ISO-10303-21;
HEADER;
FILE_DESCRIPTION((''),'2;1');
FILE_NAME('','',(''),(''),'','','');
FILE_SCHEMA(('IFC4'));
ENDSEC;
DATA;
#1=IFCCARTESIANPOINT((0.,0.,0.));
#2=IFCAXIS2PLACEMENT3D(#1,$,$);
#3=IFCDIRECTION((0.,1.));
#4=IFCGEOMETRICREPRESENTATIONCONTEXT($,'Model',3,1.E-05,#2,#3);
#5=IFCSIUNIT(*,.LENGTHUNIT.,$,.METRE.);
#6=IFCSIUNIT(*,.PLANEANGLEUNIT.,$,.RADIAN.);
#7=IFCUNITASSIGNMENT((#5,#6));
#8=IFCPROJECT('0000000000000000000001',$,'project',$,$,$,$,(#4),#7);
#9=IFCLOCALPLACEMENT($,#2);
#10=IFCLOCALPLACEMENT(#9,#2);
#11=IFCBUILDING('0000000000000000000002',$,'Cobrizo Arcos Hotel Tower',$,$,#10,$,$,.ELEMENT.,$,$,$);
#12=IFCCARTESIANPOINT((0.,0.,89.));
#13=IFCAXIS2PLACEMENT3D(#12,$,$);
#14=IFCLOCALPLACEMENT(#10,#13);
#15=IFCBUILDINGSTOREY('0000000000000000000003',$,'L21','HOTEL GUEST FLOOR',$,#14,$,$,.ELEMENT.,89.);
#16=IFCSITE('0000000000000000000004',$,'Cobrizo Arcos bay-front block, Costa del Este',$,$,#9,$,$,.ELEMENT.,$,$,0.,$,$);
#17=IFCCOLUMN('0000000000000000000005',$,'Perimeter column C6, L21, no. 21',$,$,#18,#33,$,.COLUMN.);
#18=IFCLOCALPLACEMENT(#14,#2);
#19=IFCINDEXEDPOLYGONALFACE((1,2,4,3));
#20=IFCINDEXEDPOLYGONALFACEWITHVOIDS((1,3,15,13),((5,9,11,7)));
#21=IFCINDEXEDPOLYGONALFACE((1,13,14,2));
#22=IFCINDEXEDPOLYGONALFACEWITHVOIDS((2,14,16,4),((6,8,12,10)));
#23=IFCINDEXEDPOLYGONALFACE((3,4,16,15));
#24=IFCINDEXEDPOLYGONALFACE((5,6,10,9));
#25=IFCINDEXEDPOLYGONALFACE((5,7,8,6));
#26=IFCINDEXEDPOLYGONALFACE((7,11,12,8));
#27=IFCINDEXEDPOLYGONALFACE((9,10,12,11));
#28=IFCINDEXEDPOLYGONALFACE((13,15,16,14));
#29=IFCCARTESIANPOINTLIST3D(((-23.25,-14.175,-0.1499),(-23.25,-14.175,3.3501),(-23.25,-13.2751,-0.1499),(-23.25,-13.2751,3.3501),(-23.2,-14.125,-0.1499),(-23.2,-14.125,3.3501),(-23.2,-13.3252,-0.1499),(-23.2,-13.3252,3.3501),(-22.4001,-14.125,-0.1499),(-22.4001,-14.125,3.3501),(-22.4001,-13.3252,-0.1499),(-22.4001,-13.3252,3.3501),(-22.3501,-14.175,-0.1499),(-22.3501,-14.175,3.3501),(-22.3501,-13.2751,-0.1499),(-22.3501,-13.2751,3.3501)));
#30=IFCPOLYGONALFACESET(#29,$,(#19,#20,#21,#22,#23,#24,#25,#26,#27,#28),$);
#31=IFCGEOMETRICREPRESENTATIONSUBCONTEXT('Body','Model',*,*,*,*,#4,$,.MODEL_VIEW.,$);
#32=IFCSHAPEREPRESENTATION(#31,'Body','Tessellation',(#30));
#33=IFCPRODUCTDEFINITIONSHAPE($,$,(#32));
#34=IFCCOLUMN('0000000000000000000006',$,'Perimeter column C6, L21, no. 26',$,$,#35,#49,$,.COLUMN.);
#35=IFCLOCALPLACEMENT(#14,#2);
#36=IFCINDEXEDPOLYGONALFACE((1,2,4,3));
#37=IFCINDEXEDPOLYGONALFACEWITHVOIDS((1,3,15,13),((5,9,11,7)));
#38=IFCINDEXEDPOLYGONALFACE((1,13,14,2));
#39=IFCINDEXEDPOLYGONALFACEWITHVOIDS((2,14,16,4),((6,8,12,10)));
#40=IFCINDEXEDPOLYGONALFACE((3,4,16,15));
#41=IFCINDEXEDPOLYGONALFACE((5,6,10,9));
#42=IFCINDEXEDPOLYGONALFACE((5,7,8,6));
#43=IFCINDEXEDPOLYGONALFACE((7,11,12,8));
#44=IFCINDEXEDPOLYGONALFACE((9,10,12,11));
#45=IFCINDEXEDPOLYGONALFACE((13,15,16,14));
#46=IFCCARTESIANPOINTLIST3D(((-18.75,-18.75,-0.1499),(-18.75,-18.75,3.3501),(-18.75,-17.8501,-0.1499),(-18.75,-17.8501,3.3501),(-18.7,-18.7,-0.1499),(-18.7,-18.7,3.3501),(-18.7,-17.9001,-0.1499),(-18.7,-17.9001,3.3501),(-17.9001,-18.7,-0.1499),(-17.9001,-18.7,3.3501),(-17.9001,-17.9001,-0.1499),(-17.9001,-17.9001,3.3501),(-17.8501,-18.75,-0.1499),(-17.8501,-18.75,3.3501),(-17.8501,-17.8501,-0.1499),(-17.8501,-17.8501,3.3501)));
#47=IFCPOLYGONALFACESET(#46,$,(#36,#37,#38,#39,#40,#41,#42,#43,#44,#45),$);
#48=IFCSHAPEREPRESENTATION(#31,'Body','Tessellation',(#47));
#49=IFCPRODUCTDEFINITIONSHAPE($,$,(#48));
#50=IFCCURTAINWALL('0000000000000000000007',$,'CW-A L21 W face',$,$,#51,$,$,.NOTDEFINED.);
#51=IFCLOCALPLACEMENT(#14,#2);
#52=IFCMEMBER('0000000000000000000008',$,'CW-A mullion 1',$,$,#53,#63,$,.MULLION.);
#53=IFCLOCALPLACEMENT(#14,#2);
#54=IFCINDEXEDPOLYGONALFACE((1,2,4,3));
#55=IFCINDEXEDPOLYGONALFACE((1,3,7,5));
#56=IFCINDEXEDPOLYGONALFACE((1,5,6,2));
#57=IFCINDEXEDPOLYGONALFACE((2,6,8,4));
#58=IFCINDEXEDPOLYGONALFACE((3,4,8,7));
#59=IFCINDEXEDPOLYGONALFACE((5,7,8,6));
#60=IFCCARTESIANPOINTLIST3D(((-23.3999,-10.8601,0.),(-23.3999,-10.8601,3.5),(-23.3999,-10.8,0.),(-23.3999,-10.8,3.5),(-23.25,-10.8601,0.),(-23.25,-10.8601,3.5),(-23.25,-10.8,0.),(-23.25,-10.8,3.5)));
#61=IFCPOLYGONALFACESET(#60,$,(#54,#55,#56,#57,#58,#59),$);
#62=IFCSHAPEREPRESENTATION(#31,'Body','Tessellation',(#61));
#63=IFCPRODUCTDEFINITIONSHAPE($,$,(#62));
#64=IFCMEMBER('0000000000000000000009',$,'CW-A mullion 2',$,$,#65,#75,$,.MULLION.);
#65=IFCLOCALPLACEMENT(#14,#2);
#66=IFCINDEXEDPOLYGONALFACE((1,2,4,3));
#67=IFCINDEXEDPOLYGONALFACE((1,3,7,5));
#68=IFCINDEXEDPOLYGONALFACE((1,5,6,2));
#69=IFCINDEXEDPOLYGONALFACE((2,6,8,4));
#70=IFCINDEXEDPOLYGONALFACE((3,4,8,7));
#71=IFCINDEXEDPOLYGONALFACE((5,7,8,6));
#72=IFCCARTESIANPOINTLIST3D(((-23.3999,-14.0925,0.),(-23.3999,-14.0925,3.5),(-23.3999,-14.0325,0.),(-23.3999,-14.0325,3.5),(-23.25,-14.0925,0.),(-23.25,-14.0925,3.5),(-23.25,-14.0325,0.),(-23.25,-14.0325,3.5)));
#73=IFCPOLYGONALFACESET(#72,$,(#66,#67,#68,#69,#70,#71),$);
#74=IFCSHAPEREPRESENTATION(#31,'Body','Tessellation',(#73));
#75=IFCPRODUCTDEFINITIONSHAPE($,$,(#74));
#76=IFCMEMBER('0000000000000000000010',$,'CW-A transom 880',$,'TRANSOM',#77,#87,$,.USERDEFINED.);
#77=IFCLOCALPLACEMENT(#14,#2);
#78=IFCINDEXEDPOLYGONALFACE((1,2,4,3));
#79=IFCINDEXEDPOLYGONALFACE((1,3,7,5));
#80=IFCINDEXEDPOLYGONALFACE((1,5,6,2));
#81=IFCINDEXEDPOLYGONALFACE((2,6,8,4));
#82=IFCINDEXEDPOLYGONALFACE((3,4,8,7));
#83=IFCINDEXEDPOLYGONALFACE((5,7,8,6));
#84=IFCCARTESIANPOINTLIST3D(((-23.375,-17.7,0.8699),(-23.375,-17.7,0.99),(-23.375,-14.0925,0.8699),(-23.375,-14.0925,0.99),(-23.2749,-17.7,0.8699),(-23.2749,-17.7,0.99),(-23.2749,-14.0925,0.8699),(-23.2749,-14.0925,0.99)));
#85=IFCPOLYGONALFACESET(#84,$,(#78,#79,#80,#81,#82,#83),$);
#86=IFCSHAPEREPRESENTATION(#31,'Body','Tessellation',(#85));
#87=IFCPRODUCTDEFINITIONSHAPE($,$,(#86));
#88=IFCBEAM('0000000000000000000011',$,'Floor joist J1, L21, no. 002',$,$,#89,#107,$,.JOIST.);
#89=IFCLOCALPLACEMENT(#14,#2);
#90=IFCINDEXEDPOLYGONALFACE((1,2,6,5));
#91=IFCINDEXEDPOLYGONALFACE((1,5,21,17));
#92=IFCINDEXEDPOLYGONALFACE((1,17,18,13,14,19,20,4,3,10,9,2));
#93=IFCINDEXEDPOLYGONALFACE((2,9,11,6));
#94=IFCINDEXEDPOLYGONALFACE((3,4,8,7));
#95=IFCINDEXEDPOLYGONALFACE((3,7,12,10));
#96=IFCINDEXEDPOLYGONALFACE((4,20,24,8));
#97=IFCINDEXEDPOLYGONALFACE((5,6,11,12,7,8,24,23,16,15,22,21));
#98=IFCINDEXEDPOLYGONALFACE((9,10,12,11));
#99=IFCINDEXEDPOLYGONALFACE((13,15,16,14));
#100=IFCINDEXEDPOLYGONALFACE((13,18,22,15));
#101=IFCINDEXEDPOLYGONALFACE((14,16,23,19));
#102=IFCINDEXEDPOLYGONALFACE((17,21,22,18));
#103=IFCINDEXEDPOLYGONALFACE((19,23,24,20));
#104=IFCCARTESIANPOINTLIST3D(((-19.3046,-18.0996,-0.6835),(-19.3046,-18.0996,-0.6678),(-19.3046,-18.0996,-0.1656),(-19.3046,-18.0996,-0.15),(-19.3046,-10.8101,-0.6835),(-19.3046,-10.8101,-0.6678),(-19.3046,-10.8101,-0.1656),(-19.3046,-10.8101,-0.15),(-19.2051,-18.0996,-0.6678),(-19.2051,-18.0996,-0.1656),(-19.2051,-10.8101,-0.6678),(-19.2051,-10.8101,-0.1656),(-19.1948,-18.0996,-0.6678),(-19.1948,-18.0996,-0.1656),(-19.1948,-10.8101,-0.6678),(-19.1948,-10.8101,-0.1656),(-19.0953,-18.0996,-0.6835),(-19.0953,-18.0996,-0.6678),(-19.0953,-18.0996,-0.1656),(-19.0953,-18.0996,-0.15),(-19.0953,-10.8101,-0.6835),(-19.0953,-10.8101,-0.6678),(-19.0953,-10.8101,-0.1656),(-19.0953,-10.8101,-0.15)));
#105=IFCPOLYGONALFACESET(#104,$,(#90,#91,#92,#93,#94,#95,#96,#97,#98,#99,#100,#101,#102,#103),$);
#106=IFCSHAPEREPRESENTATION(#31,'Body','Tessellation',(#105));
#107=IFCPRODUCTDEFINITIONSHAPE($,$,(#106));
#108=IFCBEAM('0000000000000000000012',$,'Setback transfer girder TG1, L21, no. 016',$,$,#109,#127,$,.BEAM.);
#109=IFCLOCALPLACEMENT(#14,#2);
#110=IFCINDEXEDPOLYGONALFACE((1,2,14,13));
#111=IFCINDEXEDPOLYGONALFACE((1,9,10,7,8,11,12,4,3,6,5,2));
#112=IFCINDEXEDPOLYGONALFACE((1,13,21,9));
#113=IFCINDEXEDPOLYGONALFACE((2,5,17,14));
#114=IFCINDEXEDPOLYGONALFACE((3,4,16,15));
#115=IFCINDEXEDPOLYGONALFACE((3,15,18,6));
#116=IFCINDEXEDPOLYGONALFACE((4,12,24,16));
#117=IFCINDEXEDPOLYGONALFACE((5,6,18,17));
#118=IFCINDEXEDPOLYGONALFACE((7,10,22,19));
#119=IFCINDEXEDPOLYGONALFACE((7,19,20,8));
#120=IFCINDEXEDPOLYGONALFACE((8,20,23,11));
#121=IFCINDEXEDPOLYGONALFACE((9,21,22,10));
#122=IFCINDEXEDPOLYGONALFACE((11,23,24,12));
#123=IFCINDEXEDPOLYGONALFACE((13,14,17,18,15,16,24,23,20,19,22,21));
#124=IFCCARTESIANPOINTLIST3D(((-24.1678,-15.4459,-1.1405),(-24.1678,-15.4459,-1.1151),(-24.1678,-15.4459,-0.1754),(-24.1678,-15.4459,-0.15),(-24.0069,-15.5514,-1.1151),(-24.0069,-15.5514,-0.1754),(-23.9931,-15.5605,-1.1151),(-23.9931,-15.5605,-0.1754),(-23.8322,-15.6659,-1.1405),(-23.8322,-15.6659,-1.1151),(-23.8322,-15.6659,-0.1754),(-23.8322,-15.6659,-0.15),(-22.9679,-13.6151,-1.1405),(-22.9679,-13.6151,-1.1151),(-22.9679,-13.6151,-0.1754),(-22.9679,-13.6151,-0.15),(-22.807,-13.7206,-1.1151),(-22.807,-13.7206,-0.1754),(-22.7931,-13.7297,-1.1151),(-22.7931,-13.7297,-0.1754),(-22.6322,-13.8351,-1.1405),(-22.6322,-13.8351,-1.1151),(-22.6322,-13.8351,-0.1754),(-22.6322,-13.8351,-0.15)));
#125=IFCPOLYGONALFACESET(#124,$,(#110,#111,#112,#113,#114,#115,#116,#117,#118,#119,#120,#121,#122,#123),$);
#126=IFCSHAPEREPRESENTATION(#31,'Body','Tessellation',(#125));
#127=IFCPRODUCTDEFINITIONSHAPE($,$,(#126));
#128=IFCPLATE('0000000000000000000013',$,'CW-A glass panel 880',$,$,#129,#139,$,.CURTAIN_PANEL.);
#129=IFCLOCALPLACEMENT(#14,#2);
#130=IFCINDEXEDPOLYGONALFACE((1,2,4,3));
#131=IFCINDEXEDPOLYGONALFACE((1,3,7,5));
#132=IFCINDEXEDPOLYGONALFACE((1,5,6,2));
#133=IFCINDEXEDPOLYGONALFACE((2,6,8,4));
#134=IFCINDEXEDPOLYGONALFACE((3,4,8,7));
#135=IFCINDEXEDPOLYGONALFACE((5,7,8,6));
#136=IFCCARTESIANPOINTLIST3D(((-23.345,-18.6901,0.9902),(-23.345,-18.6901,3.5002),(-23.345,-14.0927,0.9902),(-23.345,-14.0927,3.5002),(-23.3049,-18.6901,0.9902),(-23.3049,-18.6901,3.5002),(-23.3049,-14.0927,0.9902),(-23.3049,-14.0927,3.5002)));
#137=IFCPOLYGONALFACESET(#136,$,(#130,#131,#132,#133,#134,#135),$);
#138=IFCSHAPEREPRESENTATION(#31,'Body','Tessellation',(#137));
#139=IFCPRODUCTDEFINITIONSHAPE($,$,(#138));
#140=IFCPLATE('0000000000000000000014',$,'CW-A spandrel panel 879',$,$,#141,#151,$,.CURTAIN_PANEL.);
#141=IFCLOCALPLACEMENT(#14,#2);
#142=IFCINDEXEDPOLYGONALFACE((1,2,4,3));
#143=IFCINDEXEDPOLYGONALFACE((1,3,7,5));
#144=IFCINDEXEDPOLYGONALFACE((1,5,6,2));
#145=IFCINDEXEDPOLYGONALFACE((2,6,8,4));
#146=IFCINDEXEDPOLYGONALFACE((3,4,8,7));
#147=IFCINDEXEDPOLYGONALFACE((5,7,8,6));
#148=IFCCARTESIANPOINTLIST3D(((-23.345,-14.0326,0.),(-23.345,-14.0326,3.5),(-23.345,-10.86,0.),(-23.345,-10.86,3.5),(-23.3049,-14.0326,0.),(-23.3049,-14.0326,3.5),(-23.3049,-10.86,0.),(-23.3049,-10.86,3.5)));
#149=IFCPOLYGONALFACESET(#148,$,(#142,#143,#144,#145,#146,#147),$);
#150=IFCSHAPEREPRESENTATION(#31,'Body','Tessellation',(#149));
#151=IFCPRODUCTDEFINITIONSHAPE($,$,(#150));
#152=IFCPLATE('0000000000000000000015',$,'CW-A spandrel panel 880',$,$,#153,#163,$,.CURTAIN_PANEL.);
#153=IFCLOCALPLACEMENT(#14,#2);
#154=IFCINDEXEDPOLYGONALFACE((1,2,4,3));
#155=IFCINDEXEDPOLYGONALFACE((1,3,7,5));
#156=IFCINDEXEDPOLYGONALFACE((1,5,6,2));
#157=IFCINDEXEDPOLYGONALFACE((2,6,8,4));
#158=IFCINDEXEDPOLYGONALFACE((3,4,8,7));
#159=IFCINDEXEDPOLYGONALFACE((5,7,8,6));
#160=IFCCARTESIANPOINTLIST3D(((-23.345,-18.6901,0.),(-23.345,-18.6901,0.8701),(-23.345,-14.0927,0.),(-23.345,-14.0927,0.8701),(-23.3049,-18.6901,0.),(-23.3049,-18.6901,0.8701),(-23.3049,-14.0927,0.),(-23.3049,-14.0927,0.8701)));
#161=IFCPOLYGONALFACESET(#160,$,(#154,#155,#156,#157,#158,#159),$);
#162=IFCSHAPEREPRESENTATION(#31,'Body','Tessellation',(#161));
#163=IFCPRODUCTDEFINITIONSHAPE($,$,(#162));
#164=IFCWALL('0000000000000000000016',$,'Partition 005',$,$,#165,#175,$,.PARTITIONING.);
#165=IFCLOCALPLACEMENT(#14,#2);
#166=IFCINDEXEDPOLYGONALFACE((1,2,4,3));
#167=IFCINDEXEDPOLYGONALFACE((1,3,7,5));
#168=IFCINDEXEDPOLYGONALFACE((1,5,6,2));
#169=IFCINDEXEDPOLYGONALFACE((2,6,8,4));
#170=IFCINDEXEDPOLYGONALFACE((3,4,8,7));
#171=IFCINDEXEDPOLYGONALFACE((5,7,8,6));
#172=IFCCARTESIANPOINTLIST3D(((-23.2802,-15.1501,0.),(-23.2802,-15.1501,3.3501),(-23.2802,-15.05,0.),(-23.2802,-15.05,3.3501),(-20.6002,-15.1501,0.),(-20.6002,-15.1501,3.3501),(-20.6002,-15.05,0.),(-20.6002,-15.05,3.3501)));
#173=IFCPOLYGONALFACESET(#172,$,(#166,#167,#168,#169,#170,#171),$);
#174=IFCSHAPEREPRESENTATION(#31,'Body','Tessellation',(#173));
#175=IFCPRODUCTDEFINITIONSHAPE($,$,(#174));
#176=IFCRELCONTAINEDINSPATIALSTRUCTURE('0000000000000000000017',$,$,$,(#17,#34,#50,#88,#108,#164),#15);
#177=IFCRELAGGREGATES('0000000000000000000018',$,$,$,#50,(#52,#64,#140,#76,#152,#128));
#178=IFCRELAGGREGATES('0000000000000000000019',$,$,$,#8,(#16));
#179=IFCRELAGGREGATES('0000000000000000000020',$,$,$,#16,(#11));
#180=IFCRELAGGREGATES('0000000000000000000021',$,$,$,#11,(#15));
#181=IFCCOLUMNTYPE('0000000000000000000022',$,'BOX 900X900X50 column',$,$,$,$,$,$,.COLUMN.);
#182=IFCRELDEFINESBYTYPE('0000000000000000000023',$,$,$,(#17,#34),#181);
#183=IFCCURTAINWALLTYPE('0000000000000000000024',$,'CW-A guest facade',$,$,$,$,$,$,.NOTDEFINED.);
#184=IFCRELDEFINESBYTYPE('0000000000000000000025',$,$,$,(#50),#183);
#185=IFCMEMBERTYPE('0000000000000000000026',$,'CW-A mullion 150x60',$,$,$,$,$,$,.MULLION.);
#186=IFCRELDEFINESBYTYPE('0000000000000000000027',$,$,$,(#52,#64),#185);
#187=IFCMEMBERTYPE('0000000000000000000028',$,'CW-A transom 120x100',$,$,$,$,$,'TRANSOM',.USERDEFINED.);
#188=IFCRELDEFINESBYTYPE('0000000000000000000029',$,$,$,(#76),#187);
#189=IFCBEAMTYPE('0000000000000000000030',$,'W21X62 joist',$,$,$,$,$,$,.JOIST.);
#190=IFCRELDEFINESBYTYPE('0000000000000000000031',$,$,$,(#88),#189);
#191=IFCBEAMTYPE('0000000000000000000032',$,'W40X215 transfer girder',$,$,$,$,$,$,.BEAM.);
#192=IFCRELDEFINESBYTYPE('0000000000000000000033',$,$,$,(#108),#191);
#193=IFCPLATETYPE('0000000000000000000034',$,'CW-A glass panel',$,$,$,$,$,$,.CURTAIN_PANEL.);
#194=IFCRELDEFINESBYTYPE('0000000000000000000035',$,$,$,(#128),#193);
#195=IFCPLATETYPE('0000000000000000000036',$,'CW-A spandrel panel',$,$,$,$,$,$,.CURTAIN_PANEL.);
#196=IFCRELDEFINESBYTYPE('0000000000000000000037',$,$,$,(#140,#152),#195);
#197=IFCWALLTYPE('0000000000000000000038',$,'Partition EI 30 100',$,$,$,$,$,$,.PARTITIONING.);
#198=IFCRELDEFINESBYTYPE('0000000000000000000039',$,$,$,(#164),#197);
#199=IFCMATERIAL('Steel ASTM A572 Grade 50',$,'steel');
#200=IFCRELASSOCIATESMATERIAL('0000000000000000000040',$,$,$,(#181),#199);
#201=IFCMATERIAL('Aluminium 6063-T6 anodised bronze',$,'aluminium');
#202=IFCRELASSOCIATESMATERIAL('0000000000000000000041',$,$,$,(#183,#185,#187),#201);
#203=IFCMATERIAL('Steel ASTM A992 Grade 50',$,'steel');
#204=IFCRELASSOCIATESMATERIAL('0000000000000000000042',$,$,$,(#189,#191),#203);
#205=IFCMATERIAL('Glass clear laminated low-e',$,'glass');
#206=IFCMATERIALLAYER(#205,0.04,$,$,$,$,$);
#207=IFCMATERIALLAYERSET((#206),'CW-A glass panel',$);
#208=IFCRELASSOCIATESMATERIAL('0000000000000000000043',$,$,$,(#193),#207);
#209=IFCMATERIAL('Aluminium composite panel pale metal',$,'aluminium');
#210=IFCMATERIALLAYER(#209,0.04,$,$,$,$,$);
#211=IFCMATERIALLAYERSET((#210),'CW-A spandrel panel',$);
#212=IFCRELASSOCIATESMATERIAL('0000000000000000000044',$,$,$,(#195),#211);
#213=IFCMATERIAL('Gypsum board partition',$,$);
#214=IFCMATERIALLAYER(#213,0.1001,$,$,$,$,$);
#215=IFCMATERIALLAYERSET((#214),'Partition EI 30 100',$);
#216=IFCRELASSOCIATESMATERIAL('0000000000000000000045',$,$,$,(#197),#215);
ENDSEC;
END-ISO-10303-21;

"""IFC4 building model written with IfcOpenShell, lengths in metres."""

from ifc_helpers import new_model, si_unit, direction, frame, frame_2d, origin, origin_2d, place, context, subcontext, project, spatial, rectangle, hollow_rectangle, i_section, extrude, material, layer, layer_set, material_profile, profile_set, type_object, element, aggregate, save


model = new_model("IFC4")

# Units and contexts
model_context = context("Model", 3, precision=1e-05, world=origin(), true_north=direction((0.0, 1.0)))
body_context = subcontext(model_context, "Body", "Model", "MODEL_VIEW")
ifc_project = project(units=[si_unit("LENGTHUNIT", "METRE"), si_unit("PLANEANGLEUNIT", "RADIAN")], contexts=[model_context])

# Site, building, storey
site_placement = place(None, origin())
site = spatial("IfcSite", under=ifc_project, at=site_placement, Name="Cobrizo Arcos bay-front block, Costa del Este", CompositionType="ELEMENT", RefElevation=0.0)
building_placement = place(site_placement, origin())
building = spatial("IfcBuilding", under=site, at=building_placement, Name="Cobrizo Arcos Hotel Tower", CompositionType="ELEMENT")
storey_placement = place(building_placement, frame((0.0, 0.0, 89.0)))
storey = spatial("IfcBuildingStorey", under=building, at=storey_placement, Name="L21", Description="HOTEL GUEST FLOOR", CompositionType="ELEMENT", Elevation=89.0)

# Columns
ifc_material_1 = material(Name="Steel ASTM A572 Grade 50", Category="steel")
ifc_material_profile_1 = material_profile(ifc_material_1, hollow_rectangle(XDim=0.8999, YDim=0.8999, WallThickness=0.05, at=origin_2d()), Name="BOX 900X900X50")
ifc_profile_set_1 = profile_set([ifc_material_profile_1], Name="Steel ASTM A572 Grade 50")
column_type = type_object("IfcColumnType", Name="BOX 900X900X50 column", PredefinedType="COLUMN", material=ifc_profile_set_1)
for number, where, z_axis, x_axis, name in (
    (1, (-22.8, -13.7251, -0.1499), (0.0, 0.0, 1.0), (1.0, 0.0, 0.0), "Perimeter column C6, L21, no. 21"),
    (2, (-18.3, -18.3, -0.1499), (0.0, 0.0, 1.0), (1.0, 0.0, 0.0), "Perimeter column C6, L21, no. 26"),
):
    element("IfcColumn", number, at=place(storey_placement, frame(where, z_axis=z_axis, x_axis=x_axis)), inside=storey, type_object=column_type, Name=name, PredefinedType="COLUMN", context=body_context, shape_type="SweptSolid", body=[
        extrude(hollow_rectangle(XDim=0.8999, YDim=0.8999, WallThickness=0.05, at=origin_2d()), origin(), (0.0, 0.0, 1.0), 3.5),
    ])

# Curtain wall, members
ifc_material_2 = material(Name="Aluminium 6063-T6 anodised bronze", Category="aluminium")
curtain_wall_type = type_object("IfcCurtainWallType", Name="CW-A guest facade", PredefinedType="NOTDEFINED", material=ifc_material_2)
curtain_wall_placement = place(storey_placement, origin())
curtain_wall = element("IfcCurtainWall", 3, at=curtain_wall_placement, inside=storey, type_object=curtain_wall_type, Name="CW-A L21 W face", PredefinedType="NOTDEFINED")
ifc_material_profile_2 = material_profile(ifc_material_2, rectangle(XDim=0.1499, YDim=0.0601, at=origin_2d()), Name="CW-A mullion 150x60")
ifc_profile_set_2 = profile_set([ifc_material_profile_2], Name="Aluminium 6063-T6 anodised bronze")
member_type_1 = type_object("IfcMemberType", Name="CW-A mullion 150x60", PredefinedType="MULLION", material=ifc_profile_set_2)
member_1_placement = place(storey_placement, frame((-23.325, -10.8301, 0.0), z_axis=(0.0, 0.0, 1.0), x_axis=(-1.0, 0.0, 0.0)))
member_1 = element("IfcMember", 4, at=member_1_placement, type_object=member_type_1, Name="CW-A mullion 1", PredefinedType="MULLION", context=body_context, shape_type="SweptSolid", body=[
    extrude(rectangle(XDim=0.1499, YDim=0.0601, at=origin_2d()), origin(), (0.0, 0.0, 1.0), 3.5),
])
member_2_placement = place(storey_placement, frame((-23.325, -14.0625, 0.0), z_axis=(0.0, 0.0, 1.0), x_axis=(-1.0, 0.0, 0.0)))
member_2 = element("IfcMember", 5, at=member_2_placement, type_object=member_type_1, Name="CW-A mullion 2", PredefinedType="MULLION", context=body_context, shape_type="SweptSolid", body=[
    extrude(rectangle(XDim=0.1499, YDim=0.0601, at=origin_2d()), origin(), (0.0, 0.0, 1.0), 3.5),
])
ifc_material_profile_3 = material_profile(ifc_material_2, rectangle(XDim=0.1001, YDim=0.1201, at=origin_2d()), Name="CW-A transom 120x100")
ifc_profile_set_3 = profile_set([ifc_material_profile_3], Name="Aluminium 6063-T6 anodised bronze")
member_type_2 = type_object("IfcMemberType", Name="CW-A transom 120x100", ElementType="TRANSOM", PredefinedType="USERDEFINED", material=ifc_profile_set_3)
member_3_placement = place(storey_placement, frame((-23.325, -14.0925, 0.9299), z_axis=(0.0, -1.0, 0.0), x_axis=(1.0, 0.0, 0.0)))
member_3 = element("IfcMember", 6, at=member_3_placement, type_object=member_type_2, Name="CW-A transom 880", ObjectType="TRANSOM", PredefinedType="USERDEFINED", context=body_context, shape_type="SweptSolid", body=[
    extrude(rectangle(XDim=0.1001, YDim=0.1201, at=origin_2d()), origin(), (0.0, 0.0, 1.0), 3.6074),
])

# Beams
ifc_material_3 = material(Name="Steel ASTM A992 Grade 50", Category="steel")
ifc_material_profile_4 = material_profile(ifc_material_3, i_section(OverallWidth=0.2092, OverallDepth=0.5334, WebThickness=0.0103, FlangeThickness=0.0156, at=origin_2d()), Name="W21X62")
ifc_profile_set_4 = profile_set([ifc_material_profile_4], Name="Steel ASTM A992 Grade 50")
beam_type_1 = type_object("IfcBeamType", Name="W21X62 joist", PredefinedType="JOIST", material=ifc_profile_set_4)
beam_1_placement = place(storey_placement, frame((-19.2, -18.0996, -0.4167), z_axis=(0.0, 1.0, 0.0), x_axis=(-1.0, 0.0, 0.0)))
element("IfcBeam", 7, at=beam_1_placement, inside=storey, type_object=beam_type_1, Name="Floor joist J1, L21, no. 002", PredefinedType="JOIST", context=body_context, shape_type="SweptSolid", body=[
    extrude(i_section(OverallWidth=0.2092, OverallDepth=0.5334, WebThickness=0.0103, FlangeThickness=0.0156, at=origin_2d()), origin(), (0.0, 0.0, 1.0), 7.2896),
])
ifc_material_profile_5 = material_profile(ifc_material_3, i_section(OverallWidth=0.4014, OverallDepth=0.9905, WebThickness=0.0166, FlangeThickness=0.0254, at=origin_2d()), Name="W40X215")
ifc_profile_set_5 = profile_set([ifc_material_profile_5], Name="Steel ASTM A992 Grade 50")
beam_type_2 = type_object("IfcBeamType", Name="W40X215 transfer girder", PredefinedType="BEAM", material=ifc_profile_set_5)
beam_2_placement = place(storey_placement, frame((-24.0, -15.5559, -0.6453), z_axis=(0.548172, 0.836366, 0.0), x_axis=(-0.836366, 0.548172, 0.0)))
element("IfcBeam", 8, at=beam_2_placement, inside=storey, type_object=beam_type_2, Name="Setback transfer girder TG1, L21, no. 016", PredefinedType="BEAM", context=body_context, shape_type="SweptSolid", body=[
    extrude(i_section(OverallWidth=0.4014, OverallDepth=0.9905, WebThickness=0.0166, FlangeThickness=0.0254, at=origin_2d()), origin(), (0.0, 0.0, 1.0), 2.189),
])

# Plates
ifc_material_4 = material(Name="Glass clear laminated low-e", Category="glass")
ifc_layer_1 = layer(ifc_material_4, 0.04)
ifc_layer_set_1 = layer_set([ifc_layer_1], Name="CW-A glass panel")
plate_type_1 = type_object("IfcPlateType", Name="CW-A glass panel", PredefinedType="CURTAIN_PANEL", material=ifc_layer_set_1)
plate_1_placement = place(storey_placement, frame((-23.325, -16.3914, 0.9902), z_axis=(0.0, 0.0, 1.0), x_axis=(0.0, -1.0, 0.0)))
plate_1 = element("IfcPlate", 9, at=plate_1_placement, type_object=plate_type_1, Name="CW-A glass panel 880", PredefinedType="CURTAIN_PANEL", context=body_context, shape_type="SweptSolid", body=[
    extrude(rectangle(XDim=4.5974, YDim=0.04, at=origin_2d()), origin(), (0.0, 0.0, 1.0), 2.51),
])
ifc_material_5 = material(Name="Aluminium composite panel pale metal", Category="aluminium")
ifc_layer_2 = layer(ifc_material_5, 0.04)
ifc_layer_set_2 = layer_set([ifc_layer_2], Name="CW-A spandrel panel")
plate_type_2 = type_object("IfcPlateType", Name="CW-A spandrel panel", PredefinedType="CURTAIN_PANEL", material=ifc_layer_set_2)
plate_2_placement = place(storey_placement, frame((-23.325, -12.4463, 0.0), z_axis=(0.0, 0.0, 1.0), x_axis=(0.0, -1.0, 0.0)))
plate_2 = element("IfcPlate", 10, at=plate_2_placement, type_object=plate_type_2, Name="CW-A spandrel panel 879", PredefinedType="CURTAIN_PANEL", context=body_context, shape_type="SweptSolid", body=[
    extrude(rectangle(XDim=3.1726, YDim=0.04, at=origin_2d()), origin(), (0.0, 0.0, 1.0), 3.5),
])
plate_3_placement = place(storey_placement, frame((-23.325, -16.3914, 0.0), z_axis=(0.0, 0.0, 1.0), x_axis=(0.0, -1.0, 0.0)))
plate_3 = element("IfcPlate", 11, at=plate_3_placement, type_object=plate_type_2, Name="CW-A spandrel panel 880", PredefinedType="CURTAIN_PANEL", context=body_context, shape_type="SweptSolid", body=[
    extrude(rectangle(XDim=4.5974, YDim=0.04, at=origin_2d()), origin(), (0.0, 0.0, 1.0), 0.8701),
])
aggregate(curtain_wall, [member_1, member_2, plate_2, member_3, plate_3, plate_1])

# Wall
ifc_material_6 = material(Name="Gypsum board partition")
ifc_layer_3 = layer(ifc_material_6, 0.1001)
ifc_layer_set_3 = layer_set([ifc_layer_3], Name="Partition EI 30 100")
wall_type_1 = type_object("IfcWallType", Name="Partition EI 30 100", PredefinedType="PARTITIONING", material=ifc_layer_set_3)
wall_1_placement = place(storey_placement, frame((-23.28, -15.1001, 0.0), z_axis=(0.0, 0.0, 1.0), x_axis=(1.0, 0.0, 0.0)))
element("IfcWall", 12, at=wall_1_placement, inside=storey, type_object=wall_type_1, Name="Partition 005", PredefinedType="PARTITIONING", context=body_context, shape_type="SweptSolid", body=[
    extrude(rectangle(XDim=2.6799, YDim=0.1001, at=frame_2d((1.3398, 0.0))), origin(), (0.0, 0.0, 1.0), 3.3501),
])

save(model, "model.ifc")
